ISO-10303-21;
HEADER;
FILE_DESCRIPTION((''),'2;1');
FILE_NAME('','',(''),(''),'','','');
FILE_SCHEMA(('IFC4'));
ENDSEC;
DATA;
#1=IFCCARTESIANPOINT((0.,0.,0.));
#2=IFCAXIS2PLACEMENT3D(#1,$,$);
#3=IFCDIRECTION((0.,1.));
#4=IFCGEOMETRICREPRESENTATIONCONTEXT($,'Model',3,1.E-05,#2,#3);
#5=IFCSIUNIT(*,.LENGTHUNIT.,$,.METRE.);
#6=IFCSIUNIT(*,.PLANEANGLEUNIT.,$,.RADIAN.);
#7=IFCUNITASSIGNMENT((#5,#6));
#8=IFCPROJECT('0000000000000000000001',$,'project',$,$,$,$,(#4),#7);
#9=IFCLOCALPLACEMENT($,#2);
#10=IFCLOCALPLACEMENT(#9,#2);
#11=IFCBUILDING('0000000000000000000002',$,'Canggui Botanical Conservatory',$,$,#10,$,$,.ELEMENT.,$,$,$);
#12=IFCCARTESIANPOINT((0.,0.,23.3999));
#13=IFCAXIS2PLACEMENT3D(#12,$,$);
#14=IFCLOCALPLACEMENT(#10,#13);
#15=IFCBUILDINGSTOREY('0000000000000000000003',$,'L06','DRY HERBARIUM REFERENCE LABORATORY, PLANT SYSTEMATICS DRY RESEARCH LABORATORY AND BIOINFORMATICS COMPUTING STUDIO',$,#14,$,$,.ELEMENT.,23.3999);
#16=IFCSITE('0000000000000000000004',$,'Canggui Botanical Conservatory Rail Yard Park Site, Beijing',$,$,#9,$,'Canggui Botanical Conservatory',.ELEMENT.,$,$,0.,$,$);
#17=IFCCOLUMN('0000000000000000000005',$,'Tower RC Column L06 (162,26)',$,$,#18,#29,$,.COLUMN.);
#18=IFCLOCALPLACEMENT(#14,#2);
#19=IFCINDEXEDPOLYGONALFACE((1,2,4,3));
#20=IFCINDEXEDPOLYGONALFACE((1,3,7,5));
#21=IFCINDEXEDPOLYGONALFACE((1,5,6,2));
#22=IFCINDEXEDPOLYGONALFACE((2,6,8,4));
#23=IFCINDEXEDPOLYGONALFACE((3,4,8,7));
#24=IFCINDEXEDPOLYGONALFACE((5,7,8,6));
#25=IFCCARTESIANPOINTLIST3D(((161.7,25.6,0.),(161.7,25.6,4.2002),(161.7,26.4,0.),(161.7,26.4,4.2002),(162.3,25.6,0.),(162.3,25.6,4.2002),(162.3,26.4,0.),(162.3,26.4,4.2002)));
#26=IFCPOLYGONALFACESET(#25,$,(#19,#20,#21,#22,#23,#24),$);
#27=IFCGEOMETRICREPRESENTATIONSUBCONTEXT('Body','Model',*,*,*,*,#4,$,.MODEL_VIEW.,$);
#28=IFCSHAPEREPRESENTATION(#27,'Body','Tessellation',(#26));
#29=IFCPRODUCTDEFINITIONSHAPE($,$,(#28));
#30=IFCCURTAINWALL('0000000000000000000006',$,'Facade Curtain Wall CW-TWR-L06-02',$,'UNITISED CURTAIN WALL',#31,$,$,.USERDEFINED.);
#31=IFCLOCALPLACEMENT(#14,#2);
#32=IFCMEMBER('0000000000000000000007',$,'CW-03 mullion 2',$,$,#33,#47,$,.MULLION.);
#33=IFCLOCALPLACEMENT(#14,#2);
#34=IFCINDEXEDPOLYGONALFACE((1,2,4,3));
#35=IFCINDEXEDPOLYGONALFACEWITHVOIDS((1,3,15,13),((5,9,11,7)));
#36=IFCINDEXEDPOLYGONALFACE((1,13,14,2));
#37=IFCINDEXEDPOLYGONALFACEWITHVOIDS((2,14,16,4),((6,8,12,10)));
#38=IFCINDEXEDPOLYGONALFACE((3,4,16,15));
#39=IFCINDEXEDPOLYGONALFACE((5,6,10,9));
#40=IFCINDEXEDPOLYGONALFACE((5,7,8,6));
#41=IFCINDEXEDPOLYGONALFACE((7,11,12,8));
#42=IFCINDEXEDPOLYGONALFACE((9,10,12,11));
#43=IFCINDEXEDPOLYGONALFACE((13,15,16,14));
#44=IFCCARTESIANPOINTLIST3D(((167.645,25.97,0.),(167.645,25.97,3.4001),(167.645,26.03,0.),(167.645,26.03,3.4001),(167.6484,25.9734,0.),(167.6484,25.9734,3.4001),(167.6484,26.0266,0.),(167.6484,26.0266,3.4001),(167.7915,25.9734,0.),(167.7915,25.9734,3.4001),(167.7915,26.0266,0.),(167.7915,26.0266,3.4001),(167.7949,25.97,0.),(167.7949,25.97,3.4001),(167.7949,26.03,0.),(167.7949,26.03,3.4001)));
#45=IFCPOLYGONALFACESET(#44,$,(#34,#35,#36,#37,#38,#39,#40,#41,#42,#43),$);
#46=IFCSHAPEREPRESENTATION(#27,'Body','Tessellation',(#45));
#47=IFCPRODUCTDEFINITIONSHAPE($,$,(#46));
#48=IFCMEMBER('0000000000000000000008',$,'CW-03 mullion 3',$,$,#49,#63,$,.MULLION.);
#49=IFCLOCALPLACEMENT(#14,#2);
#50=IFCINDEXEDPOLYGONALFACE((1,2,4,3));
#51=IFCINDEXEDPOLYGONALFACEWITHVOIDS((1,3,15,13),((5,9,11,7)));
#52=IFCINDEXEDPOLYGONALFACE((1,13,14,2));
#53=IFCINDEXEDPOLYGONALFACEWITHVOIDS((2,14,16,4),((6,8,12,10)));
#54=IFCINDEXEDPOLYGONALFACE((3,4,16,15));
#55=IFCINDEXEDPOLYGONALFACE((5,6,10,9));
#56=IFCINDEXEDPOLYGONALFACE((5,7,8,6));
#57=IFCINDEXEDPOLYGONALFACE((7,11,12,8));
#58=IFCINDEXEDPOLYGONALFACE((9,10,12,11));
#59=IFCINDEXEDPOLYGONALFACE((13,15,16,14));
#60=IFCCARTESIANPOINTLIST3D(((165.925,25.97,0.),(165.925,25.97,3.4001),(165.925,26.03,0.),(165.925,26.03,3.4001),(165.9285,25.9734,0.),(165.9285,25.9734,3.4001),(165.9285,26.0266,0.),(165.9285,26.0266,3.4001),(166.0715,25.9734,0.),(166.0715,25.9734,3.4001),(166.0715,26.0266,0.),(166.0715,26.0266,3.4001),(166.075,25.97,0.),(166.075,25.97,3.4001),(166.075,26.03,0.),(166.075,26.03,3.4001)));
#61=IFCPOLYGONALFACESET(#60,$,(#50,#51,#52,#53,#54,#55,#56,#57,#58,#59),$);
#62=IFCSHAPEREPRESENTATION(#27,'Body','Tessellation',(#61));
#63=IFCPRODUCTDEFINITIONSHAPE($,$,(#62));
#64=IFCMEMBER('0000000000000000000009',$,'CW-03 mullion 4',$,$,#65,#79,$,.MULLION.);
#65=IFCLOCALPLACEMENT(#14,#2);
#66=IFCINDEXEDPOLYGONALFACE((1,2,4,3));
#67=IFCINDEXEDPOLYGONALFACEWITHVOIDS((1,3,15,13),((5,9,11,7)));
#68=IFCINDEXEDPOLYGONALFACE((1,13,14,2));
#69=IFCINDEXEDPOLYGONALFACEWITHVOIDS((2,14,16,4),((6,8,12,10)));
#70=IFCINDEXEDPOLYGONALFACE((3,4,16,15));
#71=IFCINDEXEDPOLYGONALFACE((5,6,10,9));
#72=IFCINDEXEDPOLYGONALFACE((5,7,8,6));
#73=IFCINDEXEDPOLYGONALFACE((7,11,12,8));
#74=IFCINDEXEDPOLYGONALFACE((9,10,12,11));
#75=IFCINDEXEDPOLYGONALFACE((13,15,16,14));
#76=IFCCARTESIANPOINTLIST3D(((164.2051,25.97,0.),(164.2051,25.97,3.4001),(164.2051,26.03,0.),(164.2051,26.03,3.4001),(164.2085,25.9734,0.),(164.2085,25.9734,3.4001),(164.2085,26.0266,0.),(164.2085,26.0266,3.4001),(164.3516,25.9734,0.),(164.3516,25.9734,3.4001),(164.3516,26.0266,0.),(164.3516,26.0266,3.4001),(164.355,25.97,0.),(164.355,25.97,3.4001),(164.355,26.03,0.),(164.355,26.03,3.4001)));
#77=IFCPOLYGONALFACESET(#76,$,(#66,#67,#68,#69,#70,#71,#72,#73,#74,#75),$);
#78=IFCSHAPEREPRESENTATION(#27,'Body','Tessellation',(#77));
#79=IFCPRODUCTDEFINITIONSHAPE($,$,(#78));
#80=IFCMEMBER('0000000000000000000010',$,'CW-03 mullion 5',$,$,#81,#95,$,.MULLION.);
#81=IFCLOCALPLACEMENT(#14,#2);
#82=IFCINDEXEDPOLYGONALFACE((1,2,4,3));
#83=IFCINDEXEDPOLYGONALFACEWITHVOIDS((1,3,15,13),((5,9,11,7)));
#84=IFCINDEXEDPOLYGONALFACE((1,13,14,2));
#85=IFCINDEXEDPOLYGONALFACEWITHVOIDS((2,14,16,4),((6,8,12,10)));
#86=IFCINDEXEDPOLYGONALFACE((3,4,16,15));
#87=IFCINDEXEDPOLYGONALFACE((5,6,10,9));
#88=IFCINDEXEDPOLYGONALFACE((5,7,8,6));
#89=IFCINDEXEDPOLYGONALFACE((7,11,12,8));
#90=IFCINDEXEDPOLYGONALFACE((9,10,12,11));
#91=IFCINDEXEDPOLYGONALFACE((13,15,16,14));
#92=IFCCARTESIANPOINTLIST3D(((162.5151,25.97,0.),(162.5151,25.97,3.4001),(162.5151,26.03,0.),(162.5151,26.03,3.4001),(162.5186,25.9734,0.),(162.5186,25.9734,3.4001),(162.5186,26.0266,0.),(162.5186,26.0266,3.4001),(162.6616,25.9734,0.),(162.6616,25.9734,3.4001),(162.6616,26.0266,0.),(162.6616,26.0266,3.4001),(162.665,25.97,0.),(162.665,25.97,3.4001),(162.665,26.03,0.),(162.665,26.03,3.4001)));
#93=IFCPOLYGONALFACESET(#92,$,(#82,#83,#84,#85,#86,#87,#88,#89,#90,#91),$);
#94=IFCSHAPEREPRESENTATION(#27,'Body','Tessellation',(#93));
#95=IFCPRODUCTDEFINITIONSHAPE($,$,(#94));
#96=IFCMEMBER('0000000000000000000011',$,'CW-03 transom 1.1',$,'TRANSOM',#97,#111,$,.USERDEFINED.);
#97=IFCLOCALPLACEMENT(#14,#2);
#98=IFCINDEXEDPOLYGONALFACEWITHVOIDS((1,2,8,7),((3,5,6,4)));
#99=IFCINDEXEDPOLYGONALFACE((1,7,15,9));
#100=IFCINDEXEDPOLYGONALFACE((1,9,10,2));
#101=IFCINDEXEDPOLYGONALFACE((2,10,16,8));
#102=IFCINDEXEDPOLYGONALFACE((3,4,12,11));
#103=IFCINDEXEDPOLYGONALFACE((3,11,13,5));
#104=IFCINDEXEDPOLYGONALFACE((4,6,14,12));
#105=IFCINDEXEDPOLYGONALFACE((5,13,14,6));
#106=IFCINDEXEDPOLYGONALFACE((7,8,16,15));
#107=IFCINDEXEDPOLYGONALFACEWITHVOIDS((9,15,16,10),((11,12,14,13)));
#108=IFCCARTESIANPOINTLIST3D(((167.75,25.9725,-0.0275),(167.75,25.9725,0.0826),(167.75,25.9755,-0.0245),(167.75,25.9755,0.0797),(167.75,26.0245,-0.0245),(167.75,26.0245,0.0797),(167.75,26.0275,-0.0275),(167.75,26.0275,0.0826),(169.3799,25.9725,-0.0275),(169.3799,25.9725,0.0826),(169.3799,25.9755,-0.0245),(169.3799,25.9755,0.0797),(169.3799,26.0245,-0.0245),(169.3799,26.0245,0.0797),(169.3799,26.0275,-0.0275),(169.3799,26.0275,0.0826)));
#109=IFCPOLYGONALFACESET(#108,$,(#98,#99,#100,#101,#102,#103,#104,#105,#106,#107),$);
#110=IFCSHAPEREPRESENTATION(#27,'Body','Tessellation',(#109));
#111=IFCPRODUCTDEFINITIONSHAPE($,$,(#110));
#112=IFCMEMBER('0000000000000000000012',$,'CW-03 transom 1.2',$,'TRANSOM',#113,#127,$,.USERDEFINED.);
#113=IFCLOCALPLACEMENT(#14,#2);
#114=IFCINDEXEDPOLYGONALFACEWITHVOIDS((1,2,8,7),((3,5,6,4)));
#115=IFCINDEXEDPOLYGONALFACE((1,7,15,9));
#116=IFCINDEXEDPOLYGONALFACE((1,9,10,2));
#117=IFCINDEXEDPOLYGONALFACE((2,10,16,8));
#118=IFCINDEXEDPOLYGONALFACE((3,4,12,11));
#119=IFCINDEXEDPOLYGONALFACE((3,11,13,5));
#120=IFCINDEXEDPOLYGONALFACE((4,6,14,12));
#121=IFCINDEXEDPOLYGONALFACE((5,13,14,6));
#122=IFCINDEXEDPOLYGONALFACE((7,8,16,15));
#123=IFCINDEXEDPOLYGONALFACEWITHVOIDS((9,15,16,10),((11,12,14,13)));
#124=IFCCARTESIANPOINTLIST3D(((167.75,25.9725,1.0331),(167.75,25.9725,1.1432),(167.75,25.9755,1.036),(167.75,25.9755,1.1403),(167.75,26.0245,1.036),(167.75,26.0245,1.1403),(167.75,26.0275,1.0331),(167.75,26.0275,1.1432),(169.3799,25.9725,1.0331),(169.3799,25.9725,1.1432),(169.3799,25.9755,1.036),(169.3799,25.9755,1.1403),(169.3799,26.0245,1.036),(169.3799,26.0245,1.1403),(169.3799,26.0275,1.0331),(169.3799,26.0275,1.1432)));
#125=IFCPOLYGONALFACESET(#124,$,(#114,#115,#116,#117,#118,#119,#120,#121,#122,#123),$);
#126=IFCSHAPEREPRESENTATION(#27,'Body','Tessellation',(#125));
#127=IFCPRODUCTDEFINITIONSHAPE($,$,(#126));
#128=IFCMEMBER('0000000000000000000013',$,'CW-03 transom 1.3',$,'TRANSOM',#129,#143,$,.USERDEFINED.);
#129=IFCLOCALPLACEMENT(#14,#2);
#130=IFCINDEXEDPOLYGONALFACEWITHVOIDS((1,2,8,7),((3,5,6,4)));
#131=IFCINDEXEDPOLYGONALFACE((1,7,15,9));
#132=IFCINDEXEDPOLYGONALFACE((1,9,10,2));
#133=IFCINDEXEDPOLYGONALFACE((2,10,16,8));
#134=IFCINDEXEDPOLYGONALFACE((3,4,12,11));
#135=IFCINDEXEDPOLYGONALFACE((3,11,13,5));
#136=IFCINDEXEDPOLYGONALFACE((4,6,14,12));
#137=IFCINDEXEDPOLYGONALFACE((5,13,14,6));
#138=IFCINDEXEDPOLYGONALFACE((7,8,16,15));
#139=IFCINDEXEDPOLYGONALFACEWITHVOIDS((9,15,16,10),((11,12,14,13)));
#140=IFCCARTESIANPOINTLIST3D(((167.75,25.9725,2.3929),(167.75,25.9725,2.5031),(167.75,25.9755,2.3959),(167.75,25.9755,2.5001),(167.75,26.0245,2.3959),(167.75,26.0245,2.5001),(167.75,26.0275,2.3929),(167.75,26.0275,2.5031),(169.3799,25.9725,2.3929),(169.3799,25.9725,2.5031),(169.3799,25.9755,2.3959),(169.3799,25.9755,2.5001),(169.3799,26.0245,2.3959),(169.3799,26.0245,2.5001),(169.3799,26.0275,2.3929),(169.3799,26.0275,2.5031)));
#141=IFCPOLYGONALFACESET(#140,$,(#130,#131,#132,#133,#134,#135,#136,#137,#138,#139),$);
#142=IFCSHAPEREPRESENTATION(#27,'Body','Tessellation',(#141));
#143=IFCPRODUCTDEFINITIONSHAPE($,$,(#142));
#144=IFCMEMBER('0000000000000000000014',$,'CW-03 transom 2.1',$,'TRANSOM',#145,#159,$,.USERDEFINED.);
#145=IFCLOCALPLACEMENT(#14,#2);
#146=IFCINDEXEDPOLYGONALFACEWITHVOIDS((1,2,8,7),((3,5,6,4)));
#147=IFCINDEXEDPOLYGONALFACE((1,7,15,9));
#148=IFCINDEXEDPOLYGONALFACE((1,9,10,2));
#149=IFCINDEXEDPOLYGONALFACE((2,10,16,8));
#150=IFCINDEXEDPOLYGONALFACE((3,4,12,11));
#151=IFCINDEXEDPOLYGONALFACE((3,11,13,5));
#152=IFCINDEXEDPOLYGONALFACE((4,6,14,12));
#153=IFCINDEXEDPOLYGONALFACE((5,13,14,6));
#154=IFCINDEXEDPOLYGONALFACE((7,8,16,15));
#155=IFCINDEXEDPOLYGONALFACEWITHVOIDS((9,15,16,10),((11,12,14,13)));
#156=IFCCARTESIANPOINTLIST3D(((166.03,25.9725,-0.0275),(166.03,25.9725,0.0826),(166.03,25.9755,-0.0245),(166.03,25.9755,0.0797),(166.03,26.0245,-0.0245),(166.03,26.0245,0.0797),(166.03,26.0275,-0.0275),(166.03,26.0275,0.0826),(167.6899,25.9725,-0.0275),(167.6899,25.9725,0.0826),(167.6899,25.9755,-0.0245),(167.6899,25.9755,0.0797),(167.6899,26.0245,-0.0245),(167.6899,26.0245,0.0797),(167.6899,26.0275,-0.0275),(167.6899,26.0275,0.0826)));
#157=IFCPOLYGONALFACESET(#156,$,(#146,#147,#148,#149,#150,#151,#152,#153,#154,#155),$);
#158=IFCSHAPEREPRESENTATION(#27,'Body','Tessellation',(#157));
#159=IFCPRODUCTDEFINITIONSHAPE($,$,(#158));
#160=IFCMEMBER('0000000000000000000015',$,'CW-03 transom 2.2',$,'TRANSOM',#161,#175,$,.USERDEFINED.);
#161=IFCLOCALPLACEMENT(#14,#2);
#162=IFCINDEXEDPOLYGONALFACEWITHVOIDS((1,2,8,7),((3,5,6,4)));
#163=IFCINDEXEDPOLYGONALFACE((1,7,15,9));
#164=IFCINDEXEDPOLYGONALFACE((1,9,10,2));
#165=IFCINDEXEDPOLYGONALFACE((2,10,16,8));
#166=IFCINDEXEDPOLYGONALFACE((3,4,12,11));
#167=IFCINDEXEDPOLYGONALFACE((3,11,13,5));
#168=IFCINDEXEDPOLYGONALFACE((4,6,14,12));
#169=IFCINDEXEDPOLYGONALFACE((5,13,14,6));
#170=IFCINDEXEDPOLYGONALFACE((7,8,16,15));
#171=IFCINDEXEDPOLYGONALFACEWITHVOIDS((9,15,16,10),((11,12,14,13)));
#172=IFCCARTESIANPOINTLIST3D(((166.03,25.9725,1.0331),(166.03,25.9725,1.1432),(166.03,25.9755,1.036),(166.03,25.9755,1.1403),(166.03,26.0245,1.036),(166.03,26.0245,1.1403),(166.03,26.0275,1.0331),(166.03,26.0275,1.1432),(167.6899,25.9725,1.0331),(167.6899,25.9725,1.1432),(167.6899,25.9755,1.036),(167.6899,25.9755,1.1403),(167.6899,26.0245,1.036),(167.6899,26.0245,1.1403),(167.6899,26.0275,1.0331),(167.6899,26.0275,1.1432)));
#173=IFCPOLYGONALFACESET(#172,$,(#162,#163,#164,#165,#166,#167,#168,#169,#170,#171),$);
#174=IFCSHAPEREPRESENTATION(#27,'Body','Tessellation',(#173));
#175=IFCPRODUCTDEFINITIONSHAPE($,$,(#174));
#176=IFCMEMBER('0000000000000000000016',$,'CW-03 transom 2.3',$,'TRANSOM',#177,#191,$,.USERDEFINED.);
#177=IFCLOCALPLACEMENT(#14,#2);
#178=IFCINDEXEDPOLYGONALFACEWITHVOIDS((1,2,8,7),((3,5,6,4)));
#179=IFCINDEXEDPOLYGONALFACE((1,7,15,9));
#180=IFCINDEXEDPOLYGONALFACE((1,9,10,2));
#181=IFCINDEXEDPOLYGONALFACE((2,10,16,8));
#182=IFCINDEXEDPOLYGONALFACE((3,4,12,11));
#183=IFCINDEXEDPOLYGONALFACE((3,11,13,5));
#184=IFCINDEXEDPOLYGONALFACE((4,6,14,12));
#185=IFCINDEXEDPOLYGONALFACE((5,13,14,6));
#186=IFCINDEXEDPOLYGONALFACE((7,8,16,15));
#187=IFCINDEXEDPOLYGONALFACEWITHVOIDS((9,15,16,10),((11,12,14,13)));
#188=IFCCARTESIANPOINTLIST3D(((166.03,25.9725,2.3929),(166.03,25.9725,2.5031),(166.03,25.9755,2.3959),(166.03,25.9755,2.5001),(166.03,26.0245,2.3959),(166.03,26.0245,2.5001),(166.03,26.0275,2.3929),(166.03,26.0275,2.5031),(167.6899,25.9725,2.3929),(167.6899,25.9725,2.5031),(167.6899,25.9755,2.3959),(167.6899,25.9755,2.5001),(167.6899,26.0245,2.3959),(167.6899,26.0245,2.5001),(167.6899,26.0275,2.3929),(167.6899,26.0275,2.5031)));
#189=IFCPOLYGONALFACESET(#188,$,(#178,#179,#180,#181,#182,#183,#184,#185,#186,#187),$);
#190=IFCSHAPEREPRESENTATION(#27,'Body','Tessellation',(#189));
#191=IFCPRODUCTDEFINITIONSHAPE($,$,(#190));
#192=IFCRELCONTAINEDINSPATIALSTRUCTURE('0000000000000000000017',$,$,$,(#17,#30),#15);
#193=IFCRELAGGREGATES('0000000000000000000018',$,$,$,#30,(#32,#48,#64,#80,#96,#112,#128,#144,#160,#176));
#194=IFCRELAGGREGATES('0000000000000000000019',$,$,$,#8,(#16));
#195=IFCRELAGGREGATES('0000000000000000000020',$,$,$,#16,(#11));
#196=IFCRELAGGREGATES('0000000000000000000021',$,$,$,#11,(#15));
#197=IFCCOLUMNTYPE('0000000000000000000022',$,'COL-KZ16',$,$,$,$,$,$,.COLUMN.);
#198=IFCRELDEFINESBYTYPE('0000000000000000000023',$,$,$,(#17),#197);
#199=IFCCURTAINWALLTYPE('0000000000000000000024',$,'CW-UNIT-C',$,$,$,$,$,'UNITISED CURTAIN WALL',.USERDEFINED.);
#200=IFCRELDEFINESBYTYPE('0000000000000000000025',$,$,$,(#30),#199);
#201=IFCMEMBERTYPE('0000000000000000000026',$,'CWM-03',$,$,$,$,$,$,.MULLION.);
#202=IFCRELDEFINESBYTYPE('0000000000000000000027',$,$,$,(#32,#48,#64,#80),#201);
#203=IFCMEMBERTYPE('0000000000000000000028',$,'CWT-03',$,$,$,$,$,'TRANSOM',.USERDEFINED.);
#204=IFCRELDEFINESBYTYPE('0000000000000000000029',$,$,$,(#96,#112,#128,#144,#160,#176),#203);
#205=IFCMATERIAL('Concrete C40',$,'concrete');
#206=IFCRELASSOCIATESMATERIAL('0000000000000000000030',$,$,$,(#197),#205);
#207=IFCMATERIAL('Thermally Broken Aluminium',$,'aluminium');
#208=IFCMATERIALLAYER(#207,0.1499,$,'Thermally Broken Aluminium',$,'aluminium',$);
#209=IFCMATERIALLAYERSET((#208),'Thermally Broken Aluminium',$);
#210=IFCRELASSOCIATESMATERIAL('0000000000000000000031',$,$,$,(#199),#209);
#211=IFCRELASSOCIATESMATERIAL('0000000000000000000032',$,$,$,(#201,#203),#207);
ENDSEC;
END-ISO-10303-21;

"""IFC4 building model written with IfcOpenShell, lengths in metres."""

from ifc_helpers import new_model, si_unit, direction, frame, origin, origin_2d, place, context, subcontext, project, spatial, rectangle, hollow_rectangle, extrude, material, layer, layer_set, material_profile, profile_set, type_object, element, aggregate, save


model = new_model("IFC4")

# Units and contexts
model_context = context("Model", 3, precision=1e-05, world=origin(), true_north=direction((0.0, 1.0)))
body_context = subcontext(model_context, "Body", "Model", "MODEL_VIEW")
ifc_project = project(units=[si_unit("LENGTHUNIT", "METRE"), si_unit("PLANEANGLEUNIT", "RADIAN")], contexts=[model_context])

# Site, building, storey
site_placement = place(None, origin())
site = spatial("IfcSite", under=ifc_project, at=site_placement, Name="Canggui Botanical Conservatory Rail Yard Park Site, Beijing", LongName="Canggui Botanical Conservatory", CompositionType="ELEMENT", RefElevation=0.0)
building_placement = place(site_placement, origin())
building = spatial("IfcBuilding", under=site, at=building_placement, Name="Canggui Botanical Conservatory", CompositionType="ELEMENT")
storey_placement = place(building_placement, frame((0.0, 0.0, 23.3999)))
storey = spatial("IfcBuildingStorey", under=building, at=storey_placement, Name="L06", Description="DRY HERBARIUM REFERENCE LABORATORY, PLANT SYSTEMATICS DRY RESEARCH LABORATORY AND BIOINFORMATICS COMPUTING STUDIO", CompositionType="ELEMENT", Elevation=23.3999)

# Column
ifc_material_1 = material(Name="Concrete C40", Category="concrete")
ifc_material_profile_1 = material_profile(ifc_material_1, rectangle(XDim=0.6001, YDim=0.8, at=origin_2d()), Name="RC 600x800")
ifc_profile_set_1 = profile_set([ifc_material_profile_1], Name="Concrete C40")
column_type = type_object("IfcColumnType", Name="COL-KZ16", PredefinedType="COLUMN", material=ifc_profile_set_1)
column_placement = place(storey_placement, frame((162.0, 26.0, 0.0), z_axis=(0.0, 0.0, 1.0), x_axis=(1.0, 0.0, 0.0)))
element("IfcColumn", 1, at=column_placement, inside=storey, type_object=column_type, Name="Tower RC Column L06 (162,26)", PredefinedType="COLUMN", context=body_context, shape_type="SweptSolid", body=[
    extrude(rectangle(XDim=0.6001, YDim=0.8, at=origin_2d()), origin(), (0.0, 0.0, 1.0), 4.2002),
])

# Curtain wall, members
ifc_material_2 = material(Name="Thermally Broken Aluminium", Category="aluminium")
ifc_layer_1 = layer(ifc_material_2, 0.1499, Name="Thermally Broken Aluminium", Category="aluminium")
ifc_layer_set_1 = layer_set([ifc_layer_1], Name="Thermally Broken Aluminium")
curtain_wall_type = type_object("IfcCurtainWallType", Name="CW-UNIT-C", ElementType="UNITISED CURTAIN WALL", PredefinedType="USERDEFINED", material=ifc_layer_set_1)
curtain_wall_placement = place(storey_placement, origin())
curtain_wall = element("IfcCurtainWall", 2, at=curtain_wall_placement, inside=storey, type_object=curtain_wall_type, Name="Facade Curtain Wall CW-TWR-L06-02", ObjectType="UNITISED CURTAIN WALL", PredefinedType="USERDEFINED")
ifc_material_profile_2 = material_profile(ifc_material_2, hollow_rectangle(XDim=0.0601, YDim=0.1499, WallThickness=0.0034, at=origin_2d()), Name="CWM 60x150x3.5")
ifc_profile_set_2 = profile_set([ifc_material_profile_2], Name="Thermally Broken Aluminium")
member_type_1 = type_object("IfcMemberType", Name="CWM-03", PredefinedType="MULLION", material=ifc_profile_set_2)
member_1_placement = place(storey_placement, frame((167.72, 26.0, 0.0), z_axis=(0.0, 0.0, 1.0), x_axis=(0.0, -1.0, 0.0)))
member_1 = element("IfcMember", 3, at=member_1_placement, type_object=member_type_1, Name="CW-03 mullion 2", PredefinedType="MULLION", context=body_context, shape_type="SweptSolid", body=[
    extrude(hollow_rectangle(XDim=0.0601, YDim=0.1499, WallThickness=0.0034, at=origin_2d()), origin(), (0.0, 0.0, 1.0), 3.4001),
])
member_2_placement = place(storey_placement, frame((166.0, 26.0, 0.0), z_axis=(0.0, 0.0, 1.0), x_axis=(0.0, -1.0, 0.0)))
member_2 = element("IfcMember", 4, at=member_2_placement, type_object=member_type_1, Name="CW-03 mullion 3", PredefinedType="MULLION", context=body_context, shape_type="SweptSolid", body=[
    extrude(hollow_rectangle(XDim=0.0601, YDim=0.1499, WallThickness=0.0034, at=origin_2d()), origin(), (0.0, 0.0, 1.0), 3.4001),
])
member_3_placement = place(storey_placement, frame((164.28, 26.0, 0.0), z_axis=(0.0, 0.0, 1.0), x_axis=(0.0, -1.0, 0.0)))
member_3 = element("IfcMember", 5, at=member_3_placement, type_object=member_type_1, Name="CW-03 mullion 4", PredefinedType="MULLION", context=body_context, shape_type="SweptSolid", body=[
    extrude(hollow_rectangle(XDim=0.0601, YDim=0.1499, WallThickness=0.0034, at=origin_2d()), origin(), (0.0, 0.0, 1.0), 3.4001),
])
member_4_placement = place(storey_placement, frame((162.5901, 26.0, 0.0), z_axis=(0.0, 0.0, 1.0), x_axis=(0.0, -1.0, 0.0)))
member_4 = element("IfcMember", 6, at=member_4_placement, type_object=member_type_1, Name="CW-03 mullion 5", PredefinedType="MULLION", context=body_context, shape_type="SweptSolid", body=[
    extrude(hollow_rectangle(XDim=0.0601, YDim=0.1499, WallThickness=0.0034, at=origin_2d()), origin(), (0.0, 0.0, 1.0), 3.4001),
])
ifc_material_profile_3 = material_profile(ifc_material_2, hollow_rectangle(XDim=0.0549, YDim=0.1101, WallThickness=0.0029, at=origin_2d()), Name="CWT 55x110x3")
ifc_profile_set_3 = profile_set([ifc_material_profile_3], Name="Thermally Broken Aluminium")
member_type_2 = type_object("IfcMemberType", Name="CWT-03", ElementType="TRANSOM", PredefinedType="USERDEFINED", material=ifc_profile_set_3)
member_5_placement = place(storey_placement, frame((169.3799, 26.0, 0.0276), z_axis=(-1.0, 0.0, 0.0), x_axis=(0.0, -1.0, 0.0)))
member_5 = element("IfcMember", 7, at=member_5_placement, type_object=member_type_2, Name="CW-03 transom 1.1", ObjectType="TRANSOM", PredefinedType="USERDEFINED", context=body_context, shape_type="SweptSolid", body=[
    extrude(hollow_rectangle(XDim=0.0549, YDim=0.1101, WallThickness=0.0029, at=origin_2d()), origin(), (0.0, 0.0, 1.0), 1.6299),
])
member_6_placement = place(storey_placement, frame((169.3799, 26.0, 1.0881), z_axis=(-1.0, 0.0, 0.0), x_axis=(0.0, -1.0, 0.0)))
member_6 = element("IfcMember", 8, at=member_6_placement, type_object=member_type_2, Name="CW-03 transom 1.2", ObjectType="TRANSOM", PredefinedType="USERDEFINED", context=body_context, shape_type="SweptSolid", body=[
    extrude(hollow_rectangle(XDim=0.0549, YDim=0.1101, WallThickness=0.0029, at=origin_2d()), origin(), (0.0, 0.0, 1.0), 1.6299),
])
member_7_placement = place(storey_placement, frame((169.3799, 26.0, 2.448), z_axis=(-1.0, 0.0, 0.0), x_axis=(0.0, -1.0, 0.0)))
member_7 = element("IfcMember", 9, at=member_7_placement, type_object=member_type_2, Name="CW-03 transom 1.3", ObjectType="TRANSOM", PredefinedType="USERDEFINED", context=body_context, shape_type="SweptSolid", body=[
    extrude(hollow_rectangle(XDim=0.0549, YDim=0.1101, WallThickness=0.0029, at=origin_2d()), origin(), (0.0, 0.0, 1.0), 1.6299),
])
member_8_placement = place(storey_placement, frame((167.6899, 26.0, 0.0276), z_axis=(-1.0, 0.0, 0.0), x_axis=(0.0, -1.0, 0.0)))
member_8 = element("IfcMember", 10, at=member_8_placement, type_object=member_type_2, Name="CW-03 transom 2.1", ObjectType="TRANSOM", PredefinedType="USERDEFINED", context=body_context, shape_type="SweptSolid", body=[
    extrude(hollow_rectangle(XDim=0.0549, YDim=0.1101, WallThickness=0.0029, at=origin_2d()), origin(), (0.0, 0.0, 1.0), 1.6599),
])
member_9_placement = place(storey_placement, frame((167.6899, 26.0, 1.0881), z_axis=(-1.0, 0.0, 0.0), x_axis=(0.0, -1.0, 0.0)))
member_9 = element("IfcMember", 11, at=member_9_placement, type_object=member_type_2, Name="CW-03 transom 2.2", ObjectType="TRANSOM", PredefinedType="USERDEFINED", context=body_context, shape_type="SweptSolid", body=[
    extrude(hollow_rectangle(XDim=0.0549, YDim=0.1101, WallThickness=0.0029, at=origin_2d()), origin(), (0.0, 0.0, 1.0), 1.6599),
])
member_10_placement = place(storey_placement, frame((167.6899, 26.0, 2.448), z_axis=(-1.0, 0.0, 0.0), x_axis=(0.0, -1.0, 0.0)))
member_10 = element("IfcMember", 12, at=member_10_placement, type_object=member_type_2, Name="CW-03 transom 2.3", ObjectType="TRANSOM", PredefinedType="USERDEFINED", context=body_context, shape_type="SweptSolid", body=[
    extrude(hollow_rectangle(XDim=0.0549, YDim=0.1101, WallThickness=0.0029, at=origin_2d()), origin(), (0.0, 0.0, 1.0), 1.6599),
])
aggregate(curtain_wall, [member_1, member_2, member_3, member_4, member_5, member_6, member_7, member_8, member_9, member_10])

save(model, "model.ifc")
